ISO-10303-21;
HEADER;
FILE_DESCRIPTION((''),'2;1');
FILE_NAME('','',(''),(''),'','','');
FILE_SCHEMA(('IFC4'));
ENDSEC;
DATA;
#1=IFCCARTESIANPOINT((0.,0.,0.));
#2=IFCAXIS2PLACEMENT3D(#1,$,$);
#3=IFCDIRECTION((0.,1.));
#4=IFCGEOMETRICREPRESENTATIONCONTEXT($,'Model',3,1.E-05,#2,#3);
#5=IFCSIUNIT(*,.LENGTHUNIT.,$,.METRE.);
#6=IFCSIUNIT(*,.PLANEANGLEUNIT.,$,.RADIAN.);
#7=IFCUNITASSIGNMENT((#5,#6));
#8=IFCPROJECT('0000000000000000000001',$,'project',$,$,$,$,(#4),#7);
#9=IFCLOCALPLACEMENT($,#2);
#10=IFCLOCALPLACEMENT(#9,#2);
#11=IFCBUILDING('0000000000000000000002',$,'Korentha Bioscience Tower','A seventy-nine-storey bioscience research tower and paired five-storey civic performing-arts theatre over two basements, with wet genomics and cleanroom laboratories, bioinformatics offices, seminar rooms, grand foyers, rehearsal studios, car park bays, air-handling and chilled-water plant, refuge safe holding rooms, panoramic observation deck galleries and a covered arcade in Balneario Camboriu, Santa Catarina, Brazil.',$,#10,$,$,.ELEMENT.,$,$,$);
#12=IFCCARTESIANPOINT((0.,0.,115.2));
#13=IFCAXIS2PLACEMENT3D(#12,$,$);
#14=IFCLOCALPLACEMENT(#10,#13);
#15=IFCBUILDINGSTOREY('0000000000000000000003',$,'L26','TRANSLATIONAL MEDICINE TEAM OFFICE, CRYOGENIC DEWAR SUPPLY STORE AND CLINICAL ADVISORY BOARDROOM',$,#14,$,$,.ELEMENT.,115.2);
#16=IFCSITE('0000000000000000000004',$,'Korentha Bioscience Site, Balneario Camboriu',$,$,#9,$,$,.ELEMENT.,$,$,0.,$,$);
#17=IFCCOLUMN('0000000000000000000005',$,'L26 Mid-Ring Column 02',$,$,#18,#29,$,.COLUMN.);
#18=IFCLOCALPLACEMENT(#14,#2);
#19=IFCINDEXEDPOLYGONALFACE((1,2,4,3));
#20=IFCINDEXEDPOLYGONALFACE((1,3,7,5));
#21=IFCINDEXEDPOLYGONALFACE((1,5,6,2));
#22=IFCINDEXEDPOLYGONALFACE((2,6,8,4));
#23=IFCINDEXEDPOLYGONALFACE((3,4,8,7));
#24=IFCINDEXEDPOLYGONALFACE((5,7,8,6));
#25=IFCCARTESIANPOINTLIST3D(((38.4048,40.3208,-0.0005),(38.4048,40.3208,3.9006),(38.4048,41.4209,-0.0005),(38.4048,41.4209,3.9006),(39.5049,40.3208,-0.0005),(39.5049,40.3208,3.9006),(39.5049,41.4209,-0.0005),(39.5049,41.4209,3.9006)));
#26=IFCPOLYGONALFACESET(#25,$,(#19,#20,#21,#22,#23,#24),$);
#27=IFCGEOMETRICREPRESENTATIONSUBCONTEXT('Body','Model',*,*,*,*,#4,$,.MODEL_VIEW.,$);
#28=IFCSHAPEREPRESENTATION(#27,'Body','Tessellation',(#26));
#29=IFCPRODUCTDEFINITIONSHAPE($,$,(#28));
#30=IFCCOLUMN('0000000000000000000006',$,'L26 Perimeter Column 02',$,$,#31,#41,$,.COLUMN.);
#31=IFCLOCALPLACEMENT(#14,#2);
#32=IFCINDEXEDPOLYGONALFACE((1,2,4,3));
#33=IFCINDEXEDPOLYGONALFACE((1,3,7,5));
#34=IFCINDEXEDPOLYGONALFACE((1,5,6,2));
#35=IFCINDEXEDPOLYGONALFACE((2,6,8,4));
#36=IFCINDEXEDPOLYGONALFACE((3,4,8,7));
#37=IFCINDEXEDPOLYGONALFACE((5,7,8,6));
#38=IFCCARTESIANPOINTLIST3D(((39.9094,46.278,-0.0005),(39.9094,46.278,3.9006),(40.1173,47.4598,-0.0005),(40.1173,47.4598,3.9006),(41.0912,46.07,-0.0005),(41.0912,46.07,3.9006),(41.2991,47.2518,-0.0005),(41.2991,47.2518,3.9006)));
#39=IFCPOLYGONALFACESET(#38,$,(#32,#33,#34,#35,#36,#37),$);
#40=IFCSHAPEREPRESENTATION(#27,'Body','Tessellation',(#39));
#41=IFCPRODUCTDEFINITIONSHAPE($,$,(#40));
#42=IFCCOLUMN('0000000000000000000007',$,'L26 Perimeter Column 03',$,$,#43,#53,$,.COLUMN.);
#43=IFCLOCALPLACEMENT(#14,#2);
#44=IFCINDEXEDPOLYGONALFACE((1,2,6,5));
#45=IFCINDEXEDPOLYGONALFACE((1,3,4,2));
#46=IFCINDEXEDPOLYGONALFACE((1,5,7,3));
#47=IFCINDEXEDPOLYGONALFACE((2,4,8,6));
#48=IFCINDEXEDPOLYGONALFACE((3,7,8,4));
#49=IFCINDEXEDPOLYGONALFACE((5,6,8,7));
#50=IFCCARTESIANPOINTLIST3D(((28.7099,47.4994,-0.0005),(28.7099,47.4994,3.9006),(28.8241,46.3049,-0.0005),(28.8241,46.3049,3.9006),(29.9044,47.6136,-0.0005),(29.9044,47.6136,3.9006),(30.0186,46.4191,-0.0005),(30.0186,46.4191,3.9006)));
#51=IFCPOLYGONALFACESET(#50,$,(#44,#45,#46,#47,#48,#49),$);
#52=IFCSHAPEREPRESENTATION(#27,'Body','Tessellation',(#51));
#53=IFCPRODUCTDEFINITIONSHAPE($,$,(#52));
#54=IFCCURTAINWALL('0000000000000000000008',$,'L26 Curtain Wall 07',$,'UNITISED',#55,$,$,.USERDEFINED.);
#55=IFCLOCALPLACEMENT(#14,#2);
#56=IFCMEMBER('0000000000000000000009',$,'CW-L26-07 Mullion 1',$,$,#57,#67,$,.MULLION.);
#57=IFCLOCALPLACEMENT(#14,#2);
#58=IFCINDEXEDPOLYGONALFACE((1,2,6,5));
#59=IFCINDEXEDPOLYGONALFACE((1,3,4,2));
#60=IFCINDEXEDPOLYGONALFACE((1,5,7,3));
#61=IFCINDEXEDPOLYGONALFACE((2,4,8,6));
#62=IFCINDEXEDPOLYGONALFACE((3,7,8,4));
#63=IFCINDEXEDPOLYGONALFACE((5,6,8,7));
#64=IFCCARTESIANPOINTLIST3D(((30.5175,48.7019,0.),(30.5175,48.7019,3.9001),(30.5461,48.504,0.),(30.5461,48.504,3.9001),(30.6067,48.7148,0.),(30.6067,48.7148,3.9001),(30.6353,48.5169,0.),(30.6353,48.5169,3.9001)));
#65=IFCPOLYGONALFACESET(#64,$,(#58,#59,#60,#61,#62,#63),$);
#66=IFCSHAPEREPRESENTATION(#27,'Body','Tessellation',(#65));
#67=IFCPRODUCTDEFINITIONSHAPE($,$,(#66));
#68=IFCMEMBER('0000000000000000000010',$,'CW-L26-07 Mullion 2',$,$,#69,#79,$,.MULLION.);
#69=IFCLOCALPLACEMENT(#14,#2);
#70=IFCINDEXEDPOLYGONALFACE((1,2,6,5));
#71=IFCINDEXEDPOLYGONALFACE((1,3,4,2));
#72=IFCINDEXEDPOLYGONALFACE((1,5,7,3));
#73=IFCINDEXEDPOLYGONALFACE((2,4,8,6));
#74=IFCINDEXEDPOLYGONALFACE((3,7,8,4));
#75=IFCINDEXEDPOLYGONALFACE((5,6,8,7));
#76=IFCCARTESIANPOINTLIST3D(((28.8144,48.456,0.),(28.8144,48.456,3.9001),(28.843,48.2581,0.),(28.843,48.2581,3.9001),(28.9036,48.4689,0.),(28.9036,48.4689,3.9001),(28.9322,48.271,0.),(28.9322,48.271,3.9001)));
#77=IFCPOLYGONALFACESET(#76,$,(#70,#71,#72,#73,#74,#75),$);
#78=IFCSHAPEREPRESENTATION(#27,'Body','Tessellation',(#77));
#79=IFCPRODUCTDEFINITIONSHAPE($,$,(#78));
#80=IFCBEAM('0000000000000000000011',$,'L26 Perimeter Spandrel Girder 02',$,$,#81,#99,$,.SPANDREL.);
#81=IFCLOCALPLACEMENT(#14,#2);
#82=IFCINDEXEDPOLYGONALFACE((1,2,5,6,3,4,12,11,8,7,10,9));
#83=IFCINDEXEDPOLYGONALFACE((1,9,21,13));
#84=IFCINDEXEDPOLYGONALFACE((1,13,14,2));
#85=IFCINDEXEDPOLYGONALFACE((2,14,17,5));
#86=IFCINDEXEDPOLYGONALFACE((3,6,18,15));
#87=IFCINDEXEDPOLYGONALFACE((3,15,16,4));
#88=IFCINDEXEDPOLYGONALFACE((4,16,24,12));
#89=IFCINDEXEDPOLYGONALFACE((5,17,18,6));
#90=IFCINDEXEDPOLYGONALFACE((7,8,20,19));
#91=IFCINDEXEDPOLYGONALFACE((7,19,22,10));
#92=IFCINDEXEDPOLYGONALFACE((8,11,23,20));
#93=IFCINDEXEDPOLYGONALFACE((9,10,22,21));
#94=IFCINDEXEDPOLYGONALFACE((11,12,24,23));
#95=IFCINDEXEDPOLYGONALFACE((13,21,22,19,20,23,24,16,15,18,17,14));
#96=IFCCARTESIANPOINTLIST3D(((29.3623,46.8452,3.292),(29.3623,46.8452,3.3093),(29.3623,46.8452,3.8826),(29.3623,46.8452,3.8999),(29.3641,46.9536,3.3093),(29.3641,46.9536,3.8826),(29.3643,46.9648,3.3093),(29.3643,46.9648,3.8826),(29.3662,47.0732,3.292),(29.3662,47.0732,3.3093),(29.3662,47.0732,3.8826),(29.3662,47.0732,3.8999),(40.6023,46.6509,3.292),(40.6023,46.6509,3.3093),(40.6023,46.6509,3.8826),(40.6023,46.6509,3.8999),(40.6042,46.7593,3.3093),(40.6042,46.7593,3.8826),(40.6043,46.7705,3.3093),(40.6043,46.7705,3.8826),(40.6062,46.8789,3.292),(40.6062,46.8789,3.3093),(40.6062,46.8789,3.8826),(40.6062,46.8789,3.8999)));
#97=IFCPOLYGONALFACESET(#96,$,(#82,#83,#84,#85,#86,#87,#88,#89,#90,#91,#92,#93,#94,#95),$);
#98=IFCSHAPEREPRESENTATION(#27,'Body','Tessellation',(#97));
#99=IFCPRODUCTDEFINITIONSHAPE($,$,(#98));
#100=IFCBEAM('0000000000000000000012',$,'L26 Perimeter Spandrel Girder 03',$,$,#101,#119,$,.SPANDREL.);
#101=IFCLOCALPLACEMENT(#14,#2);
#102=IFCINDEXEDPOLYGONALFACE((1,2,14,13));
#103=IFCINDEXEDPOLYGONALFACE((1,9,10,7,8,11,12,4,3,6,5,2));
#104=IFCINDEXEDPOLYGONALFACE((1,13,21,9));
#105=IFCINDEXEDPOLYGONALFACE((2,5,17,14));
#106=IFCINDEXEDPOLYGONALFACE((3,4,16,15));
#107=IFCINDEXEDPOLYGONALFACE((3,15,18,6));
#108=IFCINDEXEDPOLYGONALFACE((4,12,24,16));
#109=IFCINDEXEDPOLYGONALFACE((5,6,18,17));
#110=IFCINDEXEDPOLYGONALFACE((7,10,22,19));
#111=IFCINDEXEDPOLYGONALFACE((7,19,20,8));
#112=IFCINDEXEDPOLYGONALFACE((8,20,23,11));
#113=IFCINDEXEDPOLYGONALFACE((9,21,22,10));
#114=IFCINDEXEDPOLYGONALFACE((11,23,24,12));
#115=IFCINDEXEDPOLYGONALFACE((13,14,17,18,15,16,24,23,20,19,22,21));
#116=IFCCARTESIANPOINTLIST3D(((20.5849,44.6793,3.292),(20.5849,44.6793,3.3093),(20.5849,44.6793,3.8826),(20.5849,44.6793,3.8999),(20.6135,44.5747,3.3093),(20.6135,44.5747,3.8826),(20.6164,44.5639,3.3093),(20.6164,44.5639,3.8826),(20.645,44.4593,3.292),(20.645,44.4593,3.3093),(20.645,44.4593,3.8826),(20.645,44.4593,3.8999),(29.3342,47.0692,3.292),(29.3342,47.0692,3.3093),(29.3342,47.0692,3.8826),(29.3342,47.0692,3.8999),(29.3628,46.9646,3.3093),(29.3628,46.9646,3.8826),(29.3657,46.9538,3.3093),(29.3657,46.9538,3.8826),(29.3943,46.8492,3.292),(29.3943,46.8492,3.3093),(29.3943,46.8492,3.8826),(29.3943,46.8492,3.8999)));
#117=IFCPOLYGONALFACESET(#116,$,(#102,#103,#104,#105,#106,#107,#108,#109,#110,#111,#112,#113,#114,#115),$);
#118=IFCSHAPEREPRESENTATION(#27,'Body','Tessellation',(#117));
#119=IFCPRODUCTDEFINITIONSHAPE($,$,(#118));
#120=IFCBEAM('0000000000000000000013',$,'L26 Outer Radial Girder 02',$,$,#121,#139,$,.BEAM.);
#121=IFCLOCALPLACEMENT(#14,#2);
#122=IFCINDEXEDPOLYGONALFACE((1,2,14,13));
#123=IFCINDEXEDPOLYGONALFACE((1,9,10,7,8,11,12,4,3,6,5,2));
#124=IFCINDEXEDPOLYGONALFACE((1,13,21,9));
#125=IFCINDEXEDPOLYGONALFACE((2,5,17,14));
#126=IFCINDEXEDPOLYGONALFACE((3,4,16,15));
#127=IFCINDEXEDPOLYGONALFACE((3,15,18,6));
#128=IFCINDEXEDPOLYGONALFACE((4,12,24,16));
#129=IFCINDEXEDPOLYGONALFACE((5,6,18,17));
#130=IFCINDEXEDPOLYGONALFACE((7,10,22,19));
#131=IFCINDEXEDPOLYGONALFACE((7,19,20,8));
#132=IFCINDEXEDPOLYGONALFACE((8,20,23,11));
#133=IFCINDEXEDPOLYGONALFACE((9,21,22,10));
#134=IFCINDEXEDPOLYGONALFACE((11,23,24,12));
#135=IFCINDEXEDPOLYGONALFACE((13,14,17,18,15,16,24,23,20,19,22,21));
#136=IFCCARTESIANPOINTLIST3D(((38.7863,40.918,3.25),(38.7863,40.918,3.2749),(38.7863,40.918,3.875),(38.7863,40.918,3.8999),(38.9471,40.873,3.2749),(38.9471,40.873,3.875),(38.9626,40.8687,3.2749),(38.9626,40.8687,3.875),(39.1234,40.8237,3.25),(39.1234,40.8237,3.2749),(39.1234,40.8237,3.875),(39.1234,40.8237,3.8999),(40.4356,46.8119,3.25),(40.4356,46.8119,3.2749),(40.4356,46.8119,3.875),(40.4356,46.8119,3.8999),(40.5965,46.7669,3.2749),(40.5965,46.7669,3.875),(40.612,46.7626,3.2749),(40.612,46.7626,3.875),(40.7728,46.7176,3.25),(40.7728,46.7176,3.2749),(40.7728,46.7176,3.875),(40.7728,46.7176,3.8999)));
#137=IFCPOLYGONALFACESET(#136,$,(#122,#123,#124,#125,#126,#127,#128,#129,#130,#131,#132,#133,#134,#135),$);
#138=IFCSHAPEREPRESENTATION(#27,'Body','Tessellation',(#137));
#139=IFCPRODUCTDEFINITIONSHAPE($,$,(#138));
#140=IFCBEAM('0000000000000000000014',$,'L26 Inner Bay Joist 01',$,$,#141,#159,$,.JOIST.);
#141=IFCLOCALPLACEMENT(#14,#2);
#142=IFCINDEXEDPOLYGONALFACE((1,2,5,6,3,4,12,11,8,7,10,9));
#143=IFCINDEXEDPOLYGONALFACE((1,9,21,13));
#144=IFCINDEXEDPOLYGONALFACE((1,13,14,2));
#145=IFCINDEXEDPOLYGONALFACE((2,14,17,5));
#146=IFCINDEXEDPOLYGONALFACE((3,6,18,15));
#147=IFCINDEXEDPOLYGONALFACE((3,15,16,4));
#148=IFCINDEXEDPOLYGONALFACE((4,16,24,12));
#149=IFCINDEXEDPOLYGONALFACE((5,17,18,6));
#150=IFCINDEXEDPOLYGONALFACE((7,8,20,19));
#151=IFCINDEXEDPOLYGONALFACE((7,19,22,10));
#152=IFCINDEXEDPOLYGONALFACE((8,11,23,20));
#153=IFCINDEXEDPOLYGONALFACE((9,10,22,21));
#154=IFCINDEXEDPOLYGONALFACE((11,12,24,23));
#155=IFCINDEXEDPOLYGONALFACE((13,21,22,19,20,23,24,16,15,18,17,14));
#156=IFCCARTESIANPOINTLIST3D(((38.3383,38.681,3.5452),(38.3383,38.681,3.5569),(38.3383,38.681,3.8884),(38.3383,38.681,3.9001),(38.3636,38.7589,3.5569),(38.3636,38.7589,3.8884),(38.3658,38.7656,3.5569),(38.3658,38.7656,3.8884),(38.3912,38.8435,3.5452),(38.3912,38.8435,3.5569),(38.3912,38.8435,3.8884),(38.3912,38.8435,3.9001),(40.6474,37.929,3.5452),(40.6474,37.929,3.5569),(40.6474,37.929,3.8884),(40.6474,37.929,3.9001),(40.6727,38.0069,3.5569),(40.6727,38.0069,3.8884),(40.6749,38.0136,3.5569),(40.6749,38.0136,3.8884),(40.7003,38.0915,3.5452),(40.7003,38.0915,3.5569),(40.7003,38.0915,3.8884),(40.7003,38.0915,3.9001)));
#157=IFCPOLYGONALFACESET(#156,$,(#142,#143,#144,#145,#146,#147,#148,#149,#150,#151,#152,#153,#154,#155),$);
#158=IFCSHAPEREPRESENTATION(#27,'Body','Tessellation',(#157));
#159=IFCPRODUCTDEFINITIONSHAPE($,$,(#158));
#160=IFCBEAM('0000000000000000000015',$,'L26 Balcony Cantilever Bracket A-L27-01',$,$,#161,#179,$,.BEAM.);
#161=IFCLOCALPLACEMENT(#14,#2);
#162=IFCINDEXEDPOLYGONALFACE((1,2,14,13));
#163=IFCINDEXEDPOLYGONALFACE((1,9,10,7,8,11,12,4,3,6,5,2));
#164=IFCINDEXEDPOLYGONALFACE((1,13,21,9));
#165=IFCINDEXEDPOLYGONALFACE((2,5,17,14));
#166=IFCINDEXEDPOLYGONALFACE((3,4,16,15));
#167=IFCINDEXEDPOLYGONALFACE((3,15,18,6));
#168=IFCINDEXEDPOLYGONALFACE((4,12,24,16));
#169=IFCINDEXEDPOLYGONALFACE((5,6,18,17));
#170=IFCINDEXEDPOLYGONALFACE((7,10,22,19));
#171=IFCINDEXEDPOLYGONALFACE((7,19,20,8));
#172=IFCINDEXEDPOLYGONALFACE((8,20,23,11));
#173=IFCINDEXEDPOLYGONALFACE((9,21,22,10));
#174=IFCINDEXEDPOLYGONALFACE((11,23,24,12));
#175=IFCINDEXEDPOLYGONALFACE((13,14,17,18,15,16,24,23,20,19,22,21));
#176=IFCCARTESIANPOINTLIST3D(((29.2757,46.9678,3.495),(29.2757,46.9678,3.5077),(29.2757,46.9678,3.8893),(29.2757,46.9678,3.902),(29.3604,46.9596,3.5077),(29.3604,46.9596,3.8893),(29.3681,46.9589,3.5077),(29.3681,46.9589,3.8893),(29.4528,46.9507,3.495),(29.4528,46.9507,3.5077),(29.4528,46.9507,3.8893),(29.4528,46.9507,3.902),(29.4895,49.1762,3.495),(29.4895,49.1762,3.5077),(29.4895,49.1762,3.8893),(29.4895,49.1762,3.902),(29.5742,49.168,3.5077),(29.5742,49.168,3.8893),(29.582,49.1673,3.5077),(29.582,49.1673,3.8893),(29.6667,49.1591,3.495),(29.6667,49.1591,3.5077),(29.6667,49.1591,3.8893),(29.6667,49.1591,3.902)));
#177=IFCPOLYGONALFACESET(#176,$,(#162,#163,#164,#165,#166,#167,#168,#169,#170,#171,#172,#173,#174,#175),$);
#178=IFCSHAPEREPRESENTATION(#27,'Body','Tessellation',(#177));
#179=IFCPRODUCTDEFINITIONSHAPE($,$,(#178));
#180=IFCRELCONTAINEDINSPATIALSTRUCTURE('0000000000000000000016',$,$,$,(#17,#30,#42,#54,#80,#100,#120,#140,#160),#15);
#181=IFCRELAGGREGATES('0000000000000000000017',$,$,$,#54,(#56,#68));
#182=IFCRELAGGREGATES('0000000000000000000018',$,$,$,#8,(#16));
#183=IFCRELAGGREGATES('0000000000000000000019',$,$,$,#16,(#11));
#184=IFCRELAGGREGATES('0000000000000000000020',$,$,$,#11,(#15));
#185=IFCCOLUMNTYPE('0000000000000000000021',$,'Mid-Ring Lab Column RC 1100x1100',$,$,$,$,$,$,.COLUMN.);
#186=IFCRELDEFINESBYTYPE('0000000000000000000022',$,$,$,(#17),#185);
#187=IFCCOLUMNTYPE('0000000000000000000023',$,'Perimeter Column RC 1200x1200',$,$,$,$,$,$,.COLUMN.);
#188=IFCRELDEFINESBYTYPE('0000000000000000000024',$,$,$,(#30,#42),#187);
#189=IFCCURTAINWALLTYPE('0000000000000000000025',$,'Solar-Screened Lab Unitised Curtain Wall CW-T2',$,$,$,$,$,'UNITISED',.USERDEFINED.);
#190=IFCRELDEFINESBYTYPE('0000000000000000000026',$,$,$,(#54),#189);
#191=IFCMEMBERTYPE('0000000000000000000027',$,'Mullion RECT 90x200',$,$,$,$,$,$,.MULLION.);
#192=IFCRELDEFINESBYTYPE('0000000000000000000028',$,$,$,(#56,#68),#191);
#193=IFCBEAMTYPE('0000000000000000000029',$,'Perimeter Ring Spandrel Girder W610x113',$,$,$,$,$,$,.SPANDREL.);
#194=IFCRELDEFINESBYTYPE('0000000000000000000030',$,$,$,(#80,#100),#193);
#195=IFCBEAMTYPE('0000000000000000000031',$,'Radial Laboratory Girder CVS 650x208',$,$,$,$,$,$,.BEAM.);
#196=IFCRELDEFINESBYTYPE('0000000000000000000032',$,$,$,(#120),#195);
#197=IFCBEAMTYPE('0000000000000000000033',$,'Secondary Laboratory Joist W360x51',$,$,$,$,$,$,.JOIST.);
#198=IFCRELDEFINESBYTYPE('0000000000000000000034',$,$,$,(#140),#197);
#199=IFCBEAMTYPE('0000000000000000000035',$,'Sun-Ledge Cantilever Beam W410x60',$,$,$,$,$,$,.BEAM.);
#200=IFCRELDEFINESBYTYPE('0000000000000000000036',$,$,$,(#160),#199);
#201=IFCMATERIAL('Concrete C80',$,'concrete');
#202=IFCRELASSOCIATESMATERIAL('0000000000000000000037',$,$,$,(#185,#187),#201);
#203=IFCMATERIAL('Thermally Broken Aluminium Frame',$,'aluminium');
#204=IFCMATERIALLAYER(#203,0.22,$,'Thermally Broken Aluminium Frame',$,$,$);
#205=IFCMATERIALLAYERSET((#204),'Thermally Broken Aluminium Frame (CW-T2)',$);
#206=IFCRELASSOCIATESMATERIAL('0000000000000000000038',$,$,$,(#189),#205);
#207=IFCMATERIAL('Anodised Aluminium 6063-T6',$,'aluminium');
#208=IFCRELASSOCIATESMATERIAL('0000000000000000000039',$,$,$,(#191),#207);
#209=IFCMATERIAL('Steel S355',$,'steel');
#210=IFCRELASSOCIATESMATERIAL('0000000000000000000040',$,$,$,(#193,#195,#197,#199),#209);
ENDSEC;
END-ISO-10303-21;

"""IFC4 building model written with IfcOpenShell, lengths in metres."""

from ifc_helpers import new_model, si_unit, direction, frame, origin, origin_2d, place, context, subcontext, project, spatial, rectangle, i_section, extrude, material, layer, layer_set, material_profile, profile_set, type_object, element, aggregate, save


model = new_model("IFC4")

# Units and contexts
model_context = context("Model", 3, precision=1e-05, world=origin(), true_north=direction((0.0, 1.0)))
body_context = subcontext(model_context, "Body", "Model", "MODEL_VIEW")
ifc_project = project(units=[si_unit("LENGTHUNIT", "METRE"), si_unit("PLANEANGLEUNIT", "RADIAN")], contexts=[model_context])

# Site, building, storey
site_placement = place(None, origin())
site = spatial("IfcSite", under=ifc_project, at=site_placement, Name="Korentha Bioscience Site, Balneario Camboriu", CompositionType="ELEMENT", RefElevation=0.0)
building_placement = place(site_placement, origin())
building = spatial("IfcBuilding", under=site, at=building_placement, Name="Korentha Bioscience Tower", Description="A seventy-nine-storey bioscience research tower and paired five-storey civic performing-arts theatre over two basements, with wet genomics and cleanroom laboratories, bioinformatics offices, seminar rooms, grand foyers, rehearsal studios, car park bays, air-handling and chilled-water plant, refuge safe holding rooms, panoramic observation deck galleries and a covered arcade in Balneario Camboriu, Santa Catarina, Brazil.", CompositionType="ELEMENT")
storey_placement = place(building_placement, frame((0.0, 0.0, 115.2)))
storey = spatial("IfcBuildingStorey", under=building, at=storey_placement, Name="L26", Description="TRANSLATIONAL MEDICINE TEAM OFFICE, CRYOGENIC DEWAR SUPPLY STORE AND CLINICAL ADVISORY BOARDROOM", CompositionType="ELEMENT", Elevation=115.2)

# Columns
ifc_material_1 = material(Name="Concrete C80", Category="concrete")
ifc_material_profile_1 = material_profile(ifc_material_1, rectangle(XDim=1.1001, YDim=1.1001, at=origin_2d()), Name="Concrete C80")
ifc_profile_set_1 = profile_set([ifc_material_profile_1], Name="Concrete C80 (COL-MR11)")
column_type_1 = type_object("IfcColumnType", Name="Mid-Ring Lab Column RC 1100x1100", PredefinedType="COLUMN", material=ifc_profile_set_1)
column_placement = place(storey_placement, frame((38.9548, 40.8708, -0.0005), z_axis=(0.0, 0.0, 1.0), x_axis=(1.0, 0.0, 0.0)))
element("IfcColumn", 1, at=column_placement, inside=storey, type_object=column_type_1, Name="L26 Mid-Ring Column 02", PredefinedType="COLUMN", context=body_context, shape_type="SweptSolid", body=[
    extrude(rectangle(XDim=1.1001, YDim=1.1001, at=origin_2d()), origin(), (0.0, 0.0, 1.0), 3.9011),
])
ifc_material_profile_2 = material_profile(ifc_material_1, rectangle(XDim=1.2, YDim=1.2, at=origin_2d()), Name="Concrete C80")
ifc_profile_set_2 = profile_set([ifc_material_profile_2], Name="Concrete C80 (COL-P12)")
column_type_2 = type_object("IfcColumnType", Name="Perimeter Column RC 1200x1200", PredefinedType="COLUMN", material=ifc_profile_set_2)
for number, where, z_axis, x_axis, name in (
    (2, (40.6042, 46.7649, -0.0005), (0.0, 0.0, 1.0), (-0.984868, 0.173304, 0.0), "L26 Perimeter Column 02"),
    (3, (29.3643, 46.9592, -0.0005), (0.0, 0.0, 1.0), (0.995463, 0.095151, 0.0), "L26 Perimeter Column 03"),
):
    element("IfcColumn", number, at=place(storey_placement, frame(where, z_axis=z_axis, x_axis=x_axis)), inside=storey, type_object=column_type_2, Name=name, PredefinedType="COLUMN", context=body_context, shape_type="SweptSolid", body=[
        extrude(rectangle(XDim=1.2, YDim=1.2, at=origin_2d()), origin(), (0.0, 0.0, 1.0), 3.9011),
    ])

# Curtain wall, members
ifc_material_2 = material(Name="Thermally Broken Aluminium Frame", Category="aluminium")
ifc_layer_1 = layer(ifc_material_2, 0.22, Name="Thermally Broken Aluminium Frame")
ifc_layer_set_1 = layer_set([ifc_layer_1], Name="Thermally Broken Aluminium Frame (CW-T2)")
curtain_wall_type = type_object("IfcCurtainWallType", Name="Solar-Screened Lab Unitised Curtain Wall CW-T2", ElementType="UNITISED", PredefinedType="USERDEFINED", material=ifc_layer_set_1)
curtain_wall_placement = place(storey_placement, origin())
curtain_wall = element("IfcCurtainWall", 4, at=curtain_wall_placement, inside=storey, type_object=curtain_wall_type, Name="L26 Curtain Wall 07", ObjectType="UNITISED", PredefinedType="USERDEFINED")
ifc_material_3 = material(Name="Anodised Aluminium 6063-T6", Category="aluminium")
ifc_material_profile_3 = material_profile(ifc_material_3, rectangle(XDim=0.0901, YDim=0.2, at=origin_2d()), Name="Anodised Aluminium 6063-T6")
ifc_profile_set_3 = profile_set([ifc_material_profile_3], Name="Anodised Aluminium 6063-T6 (CW-MUL)")
member_type_1 = type_object("IfcMemberType", Name="Mullion RECT 90x200", PredefinedType="MULLION", material=ifc_profile_set_3)
member_1_placement = place(storey_placement, frame((30.5764, 48.6094, 0.0), z_axis=(0.0, 0.0, 1.0), x_axis=(-0.989738, -0.142892, 0.0)))
member_1 = element("IfcMember", 5, at=member_1_placement, type_object=member_type_1, Name="CW-L26-07 Mullion 1", PredefinedType="MULLION", context=body_context, shape_type="SweptSolid", body=[
    extrude(rectangle(XDim=0.0901, YDim=0.2, at=origin_2d()), origin(), (0.0, 0.0, 1.0), 3.9001),
])
member_2_placement = place(storey_placement, frame((28.8733, 48.3635, 0.0), z_axis=(0.0, 0.0, 1.0), x_axis=(-0.989738, -0.142892, 0.0)))
member_2 = element("IfcMember", 6, at=member_2_placement, type_object=member_type_1, Name="CW-L26-07 Mullion 2", PredefinedType="MULLION", context=body_context, shape_type="SweptSolid", body=[
    extrude(rectangle(XDim=0.0901, YDim=0.2, at=origin_2d()), origin(), (0.0, 0.0, 1.0), 3.9001),
])

# Beams
ifc_material_4 = material(Name="Steel S355", Category="steel")
ifc_material_profile_4 = material_profile(ifc_material_4, i_section(OverallWidth=0.228, OverallDepth=0.6079, WebThickness=0.0112, FlangeThickness=0.0173, at=origin_2d()), Name="Steel S355")
ifc_profile_set_4 = profile_set([ifc_material_profile_4], Name="Steel S355 (SB-610)")
beam_type_1 = type_object("IfcBeamType", Name="Perimeter Ring Spandrel Girder W610x113", PredefinedType="SPANDREL", material=ifc_profile_set_4)
beam_1_placement = place(storey_placement, frame((40.6042, 46.7649, 3.5959), z_axis=(-0.999851, 0.017287, 0.0), x_axis=(-0.017287, -0.999851, 0.0)))
element("IfcBeam", 7, at=beam_1_placement, inside=storey, type_object=beam_type_1, Name="L26 Perimeter Spandrel Girder 02", PredefinedType="SPANDREL", context=body_context, shape_type="SweptSolid", body=[
    extrude(i_section(OverallWidth=0.228, OverallDepth=0.6079, WebThickness=0.0112, FlangeThickness=0.0173, at=origin_2d()), origin(), (0.0, 0.0, 1.0), 11.2417),
])
beam_2_placement = place(storey_placement, frame((29.3643, 46.9592, 3.5959), z_axis=(-0.964659, -0.2635, 0.0), x_axis=(0.2635, -0.964659, 0.0)))
element("IfcBeam", 8, at=beam_2_placement, inside=storey, type_object=beam_type_1, Name="L26 Perimeter Spandrel Girder 03", PredefinedType="SPANDREL", context=body_context, shape_type="SweptSolid", body=[
    extrude(i_section(OverallWidth=0.228, OverallDepth=0.6079, WebThickness=0.0112, FlangeThickness=0.0173, at=origin_2d()), origin(), (0.0, 0.0, 1.0), 9.0698),
])
ifc_material_profile_5 = material_profile(ifc_material_4, i_section(OverallWidth=0.3501, OverallDepth=0.6499, WebThickness=0.0161, FlangeThickness=0.0249, at=origin_2d()), Name="Steel S355")
ifc_profile_set_5 = profile_set([ifc_material_profile_5], Name="Steel S355 (RB-650)")
beam_type_2 = type_object("IfcBeamType", Name="Radial Laboratory Girder CVS 650x208", PredefinedType="BEAM", material=ifc_profile_set_5)
beam_3_placement = place(storey_placement, frame((38.9548, 40.8708, 3.575), z_axis=(0.269491, 0.963003, 0.0), x_axis=(-0.963003, 0.269491, 0.0)))
element("IfcBeam", 9, at=beam_3_placement, inside=storey, type_object=beam_type_2, Name="L26 Outer Radial Girder 02", PredefinedType="BEAM", context=body_context, shape_type="SweptSolid", body=[
    extrude(i_section(OverallWidth=0.3501, OverallDepth=0.6499, WebThickness=0.0161, FlangeThickness=0.0249, at=origin_2d()), origin(), (0.0, 0.0, 1.0), 6.1204),
])
ifc_material_profile_6 = material_profile(ifc_material_4, i_section(OverallWidth=0.1709, OverallDepth=0.355, WebThickness=0.0071, FlangeThickness=0.0117, at=origin_2d()), Name="Steel S355")
ifc_profile_set_6 = profile_set([ifc_material_profile_6], Name="Steel S355 (JB-360)")
beam_type_3 = type_object("IfcBeamType", Name="Secondary Laboratory Joist W360x51", PredefinedType="JOIST", material=ifc_profile_set_6)
beam_4_placement = place(storey_placement, frame((40.6738, 38.0103, 3.7227), z_axis=(-0.950852, 0.309645, 0.0), x_axis=(-0.309645, -0.950852, 0.0)))
element("IfcBeam", 10, at=beam_4_placement, inside=storey, type_object=beam_type_3, Name="L26 Inner Bay Joist 01", PredefinedType="JOIST", context=body_context, shape_type="SweptSolid", body=[
    extrude(i_section(OverallWidth=0.1709, OverallDepth=0.355, WebThickness=0.0071, FlangeThickness=0.0117, at=origin_2d()), origin(), (0.0, 0.0, 1.0), 2.4285),
])
ifc_material_profile_7 = material_profile(ifc_material_4, i_section(OverallWidth=0.178, OverallDepth=0.407, WebThickness=0.0078, FlangeThickness=0.0127, at=origin_2d()), Name="Steel S355")
ifc_profile_set_7 = profile_set([ifc_material_profile_7], Name="Steel S355 (CB-410)")
beam_type_4 = type_object("IfcBeamType", Name="Sun-Ledge Cantilever Beam W410x60", PredefinedType="BEAM", material=ifc_profile_set_7)
beam_5_placement = place(storey_placement, frame((29.3643, 46.9592, 3.6985), z_axis=(0.096387, 0.995344, 0.0), x_axis=(-0.995344, 0.096387, 0.0)))
element("IfcBeam", 11, at=beam_5_placement, inside=storey, type_object=beam_type_4, Name="L26 Balcony Cantilever Bracket A-L27-01", PredefinedType="BEAM", context=body_context, shape_type="SweptSolid", body=[
    extrude(i_section(OverallWidth=0.178, OverallDepth=0.407, WebThickness=0.0078, FlangeThickness=0.0127, at=origin_2d()), origin(), (0.0, 0.0, 1.0), 2.2188),
])

aggregate(curtain_wall, [member_1, member_2])

save(model, "model.ifc")
